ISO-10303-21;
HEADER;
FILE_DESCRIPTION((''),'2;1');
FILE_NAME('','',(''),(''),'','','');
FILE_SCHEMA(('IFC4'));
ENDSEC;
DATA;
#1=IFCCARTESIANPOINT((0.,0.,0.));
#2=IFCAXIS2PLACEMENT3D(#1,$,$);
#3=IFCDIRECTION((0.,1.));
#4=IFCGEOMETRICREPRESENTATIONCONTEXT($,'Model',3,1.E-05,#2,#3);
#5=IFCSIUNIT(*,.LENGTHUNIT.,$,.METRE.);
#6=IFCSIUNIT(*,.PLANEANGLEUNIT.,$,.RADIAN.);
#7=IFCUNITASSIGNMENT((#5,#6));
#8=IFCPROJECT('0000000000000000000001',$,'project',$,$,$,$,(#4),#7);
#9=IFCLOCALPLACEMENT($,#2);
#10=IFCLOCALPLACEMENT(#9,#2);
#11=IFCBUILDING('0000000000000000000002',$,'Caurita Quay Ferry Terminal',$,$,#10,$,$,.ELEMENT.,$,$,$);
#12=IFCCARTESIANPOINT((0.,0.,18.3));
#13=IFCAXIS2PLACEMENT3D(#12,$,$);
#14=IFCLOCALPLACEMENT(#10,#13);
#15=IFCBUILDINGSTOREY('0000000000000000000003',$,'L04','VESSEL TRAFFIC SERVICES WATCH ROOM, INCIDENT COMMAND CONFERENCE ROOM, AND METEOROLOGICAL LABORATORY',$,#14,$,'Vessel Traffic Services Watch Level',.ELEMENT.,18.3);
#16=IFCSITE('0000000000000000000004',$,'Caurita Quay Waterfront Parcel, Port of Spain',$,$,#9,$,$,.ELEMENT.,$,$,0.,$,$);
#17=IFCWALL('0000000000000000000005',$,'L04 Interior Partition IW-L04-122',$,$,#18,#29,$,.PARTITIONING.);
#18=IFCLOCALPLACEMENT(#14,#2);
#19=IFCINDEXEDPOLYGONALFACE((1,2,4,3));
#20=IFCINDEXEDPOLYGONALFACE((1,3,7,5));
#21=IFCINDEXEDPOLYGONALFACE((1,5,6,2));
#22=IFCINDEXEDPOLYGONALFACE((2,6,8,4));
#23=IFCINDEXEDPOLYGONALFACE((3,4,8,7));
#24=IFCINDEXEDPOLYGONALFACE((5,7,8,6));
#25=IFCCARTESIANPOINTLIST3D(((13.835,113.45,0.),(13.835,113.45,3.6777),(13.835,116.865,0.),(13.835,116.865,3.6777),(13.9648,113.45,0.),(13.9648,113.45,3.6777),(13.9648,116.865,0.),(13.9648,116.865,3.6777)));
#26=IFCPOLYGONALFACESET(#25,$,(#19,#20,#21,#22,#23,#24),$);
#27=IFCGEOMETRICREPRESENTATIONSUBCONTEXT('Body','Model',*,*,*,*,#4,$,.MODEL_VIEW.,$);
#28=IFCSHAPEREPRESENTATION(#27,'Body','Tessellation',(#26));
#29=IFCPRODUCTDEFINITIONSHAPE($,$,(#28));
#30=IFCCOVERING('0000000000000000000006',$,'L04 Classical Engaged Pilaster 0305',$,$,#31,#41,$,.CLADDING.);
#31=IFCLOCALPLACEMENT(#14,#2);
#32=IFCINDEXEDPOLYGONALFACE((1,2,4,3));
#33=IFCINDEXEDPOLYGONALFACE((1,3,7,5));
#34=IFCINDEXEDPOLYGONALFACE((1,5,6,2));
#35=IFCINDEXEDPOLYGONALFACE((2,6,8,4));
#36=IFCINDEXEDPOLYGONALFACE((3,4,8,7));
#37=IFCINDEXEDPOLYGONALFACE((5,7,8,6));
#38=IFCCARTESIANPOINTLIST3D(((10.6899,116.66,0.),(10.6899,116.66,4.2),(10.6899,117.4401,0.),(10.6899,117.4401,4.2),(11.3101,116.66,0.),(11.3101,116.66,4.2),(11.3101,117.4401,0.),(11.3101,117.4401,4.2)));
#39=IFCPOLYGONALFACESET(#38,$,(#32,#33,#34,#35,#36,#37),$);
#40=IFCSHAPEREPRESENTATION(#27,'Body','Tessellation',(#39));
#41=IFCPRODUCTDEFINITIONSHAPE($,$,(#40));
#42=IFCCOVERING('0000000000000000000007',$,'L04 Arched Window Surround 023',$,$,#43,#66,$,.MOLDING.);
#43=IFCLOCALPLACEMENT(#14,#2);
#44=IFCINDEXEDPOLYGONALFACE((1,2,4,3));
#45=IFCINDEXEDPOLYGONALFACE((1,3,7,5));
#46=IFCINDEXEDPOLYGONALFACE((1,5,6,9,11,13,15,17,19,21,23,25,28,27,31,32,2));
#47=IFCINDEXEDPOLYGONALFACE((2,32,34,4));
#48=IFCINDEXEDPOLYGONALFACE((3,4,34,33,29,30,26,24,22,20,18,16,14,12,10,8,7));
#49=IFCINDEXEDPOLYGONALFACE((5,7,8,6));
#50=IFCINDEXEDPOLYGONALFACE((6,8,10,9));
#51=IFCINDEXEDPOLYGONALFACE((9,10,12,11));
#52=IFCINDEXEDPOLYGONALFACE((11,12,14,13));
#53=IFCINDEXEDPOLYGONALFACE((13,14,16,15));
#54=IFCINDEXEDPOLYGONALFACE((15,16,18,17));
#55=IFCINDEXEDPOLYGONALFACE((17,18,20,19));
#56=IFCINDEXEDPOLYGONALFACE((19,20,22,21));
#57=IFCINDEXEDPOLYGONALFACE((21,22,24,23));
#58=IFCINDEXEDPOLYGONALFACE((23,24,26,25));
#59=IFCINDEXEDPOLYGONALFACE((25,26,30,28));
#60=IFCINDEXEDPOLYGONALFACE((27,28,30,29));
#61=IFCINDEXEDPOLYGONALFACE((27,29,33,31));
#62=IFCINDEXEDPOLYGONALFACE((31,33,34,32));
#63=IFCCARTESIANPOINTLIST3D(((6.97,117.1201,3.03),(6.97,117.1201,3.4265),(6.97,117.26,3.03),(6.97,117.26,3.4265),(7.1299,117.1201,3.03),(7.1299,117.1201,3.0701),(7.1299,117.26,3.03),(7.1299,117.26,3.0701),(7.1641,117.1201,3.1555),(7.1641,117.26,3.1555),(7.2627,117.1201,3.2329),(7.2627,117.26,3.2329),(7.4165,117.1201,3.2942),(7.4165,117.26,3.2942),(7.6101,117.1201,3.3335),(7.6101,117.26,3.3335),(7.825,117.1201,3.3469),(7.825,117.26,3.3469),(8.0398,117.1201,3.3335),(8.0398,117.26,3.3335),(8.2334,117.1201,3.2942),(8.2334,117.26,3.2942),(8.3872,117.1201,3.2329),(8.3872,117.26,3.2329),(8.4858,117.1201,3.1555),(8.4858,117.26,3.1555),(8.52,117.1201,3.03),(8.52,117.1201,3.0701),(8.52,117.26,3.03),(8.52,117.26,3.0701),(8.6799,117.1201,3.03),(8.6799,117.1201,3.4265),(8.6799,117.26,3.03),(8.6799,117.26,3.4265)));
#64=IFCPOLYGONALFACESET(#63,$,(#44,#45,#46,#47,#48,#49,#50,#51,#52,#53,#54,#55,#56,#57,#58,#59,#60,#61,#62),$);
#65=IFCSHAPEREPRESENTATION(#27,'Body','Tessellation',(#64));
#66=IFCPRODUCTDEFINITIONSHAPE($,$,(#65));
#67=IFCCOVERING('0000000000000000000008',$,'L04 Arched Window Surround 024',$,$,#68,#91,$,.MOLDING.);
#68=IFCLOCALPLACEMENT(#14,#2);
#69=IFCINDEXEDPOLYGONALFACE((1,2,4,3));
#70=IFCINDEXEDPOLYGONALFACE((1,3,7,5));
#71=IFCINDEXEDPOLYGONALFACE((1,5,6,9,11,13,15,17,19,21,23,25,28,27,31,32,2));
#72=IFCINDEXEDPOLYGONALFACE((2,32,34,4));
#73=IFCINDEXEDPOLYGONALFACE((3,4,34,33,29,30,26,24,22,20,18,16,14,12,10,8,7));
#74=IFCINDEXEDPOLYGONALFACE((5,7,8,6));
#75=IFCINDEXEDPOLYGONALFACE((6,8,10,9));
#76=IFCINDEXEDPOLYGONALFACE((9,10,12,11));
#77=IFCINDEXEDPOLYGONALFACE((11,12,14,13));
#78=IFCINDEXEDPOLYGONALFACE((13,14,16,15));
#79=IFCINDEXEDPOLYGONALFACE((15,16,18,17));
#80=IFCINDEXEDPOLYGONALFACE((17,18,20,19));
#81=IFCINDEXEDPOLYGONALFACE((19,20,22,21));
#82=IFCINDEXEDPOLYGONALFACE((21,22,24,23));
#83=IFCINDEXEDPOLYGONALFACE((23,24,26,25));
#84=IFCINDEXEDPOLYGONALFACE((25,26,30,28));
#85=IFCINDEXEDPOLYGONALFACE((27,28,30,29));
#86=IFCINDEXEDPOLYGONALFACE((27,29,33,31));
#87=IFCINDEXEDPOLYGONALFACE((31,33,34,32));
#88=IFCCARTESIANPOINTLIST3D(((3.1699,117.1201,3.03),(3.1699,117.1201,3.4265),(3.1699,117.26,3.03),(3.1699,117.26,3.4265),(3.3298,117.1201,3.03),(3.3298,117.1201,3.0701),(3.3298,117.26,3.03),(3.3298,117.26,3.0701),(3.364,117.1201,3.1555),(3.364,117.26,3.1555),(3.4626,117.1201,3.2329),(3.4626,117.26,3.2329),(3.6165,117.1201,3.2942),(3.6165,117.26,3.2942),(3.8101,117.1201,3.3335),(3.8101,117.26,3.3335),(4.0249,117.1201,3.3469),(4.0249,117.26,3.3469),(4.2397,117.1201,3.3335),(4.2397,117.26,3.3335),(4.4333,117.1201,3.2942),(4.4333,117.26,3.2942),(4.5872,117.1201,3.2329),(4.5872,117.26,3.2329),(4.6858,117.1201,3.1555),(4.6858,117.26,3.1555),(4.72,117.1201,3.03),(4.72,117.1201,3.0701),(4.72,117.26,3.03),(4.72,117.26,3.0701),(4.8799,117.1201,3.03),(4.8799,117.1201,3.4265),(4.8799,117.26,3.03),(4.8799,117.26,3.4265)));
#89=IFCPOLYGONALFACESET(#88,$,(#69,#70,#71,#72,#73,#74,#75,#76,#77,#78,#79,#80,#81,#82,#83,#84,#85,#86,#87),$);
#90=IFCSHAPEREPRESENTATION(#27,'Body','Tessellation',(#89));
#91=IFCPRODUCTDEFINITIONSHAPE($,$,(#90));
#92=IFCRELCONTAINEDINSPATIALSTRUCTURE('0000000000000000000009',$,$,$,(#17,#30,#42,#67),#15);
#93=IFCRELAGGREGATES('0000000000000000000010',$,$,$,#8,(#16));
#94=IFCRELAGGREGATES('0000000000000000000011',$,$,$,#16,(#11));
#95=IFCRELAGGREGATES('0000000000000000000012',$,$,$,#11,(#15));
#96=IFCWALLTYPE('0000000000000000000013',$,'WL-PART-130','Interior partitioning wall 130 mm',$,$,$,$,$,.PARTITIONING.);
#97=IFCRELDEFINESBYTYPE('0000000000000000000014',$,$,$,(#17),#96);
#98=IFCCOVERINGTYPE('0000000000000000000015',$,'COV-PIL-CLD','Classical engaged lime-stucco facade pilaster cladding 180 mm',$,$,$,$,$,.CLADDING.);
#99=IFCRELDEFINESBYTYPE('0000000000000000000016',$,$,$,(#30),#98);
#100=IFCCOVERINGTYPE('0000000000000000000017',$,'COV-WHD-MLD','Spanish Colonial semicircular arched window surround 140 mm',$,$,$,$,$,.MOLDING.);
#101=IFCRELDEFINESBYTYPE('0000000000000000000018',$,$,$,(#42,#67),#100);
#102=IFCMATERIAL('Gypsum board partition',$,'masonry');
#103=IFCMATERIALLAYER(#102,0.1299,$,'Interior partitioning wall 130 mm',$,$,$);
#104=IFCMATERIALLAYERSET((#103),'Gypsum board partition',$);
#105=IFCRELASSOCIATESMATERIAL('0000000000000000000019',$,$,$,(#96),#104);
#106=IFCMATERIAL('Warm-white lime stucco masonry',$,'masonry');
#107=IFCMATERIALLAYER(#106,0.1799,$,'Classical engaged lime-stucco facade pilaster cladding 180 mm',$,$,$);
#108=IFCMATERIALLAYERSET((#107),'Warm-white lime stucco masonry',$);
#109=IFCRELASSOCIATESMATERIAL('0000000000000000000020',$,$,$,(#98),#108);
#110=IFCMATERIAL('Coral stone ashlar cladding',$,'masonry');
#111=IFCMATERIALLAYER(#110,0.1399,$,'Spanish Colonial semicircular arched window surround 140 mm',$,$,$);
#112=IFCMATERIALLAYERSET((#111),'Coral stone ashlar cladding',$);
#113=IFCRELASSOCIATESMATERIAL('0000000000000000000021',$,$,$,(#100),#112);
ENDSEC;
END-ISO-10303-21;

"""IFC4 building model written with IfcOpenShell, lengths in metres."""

from ifc_helpers import new_model, si_unit, direction, frame, frame_2d, origin, origin_2d, place, context, subcontext, project, spatial, polyline, rectangle, outline, extrude, material, layer, layer_set, type_object, element, save


model = new_model("IFC4")

# Units and contexts
model_context = context("Model", 3, precision=1e-05, world=origin(), true_north=direction((0.0, 1.0)))
body_context = subcontext(model_context, "Body", "Model", "MODEL_VIEW")
ifc_project = project(units=[si_unit("LENGTHUNIT", "METRE"), si_unit("PLANEANGLEUNIT", "RADIAN")], contexts=[model_context])

# Site, building, storey
site_placement = place(None, origin())
site = spatial("IfcSite", under=ifc_project, at=site_placement, Name="Caurita Quay Waterfront Parcel, Port of Spain", CompositionType="ELEMENT", RefElevation=0.0)
building_placement = place(site_placement, origin())
building = spatial("IfcBuilding", under=site, at=building_placement, Name="Caurita Quay Ferry Terminal", CompositionType="ELEMENT")
storey_placement = place(building_placement, frame((0.0, 0.0, 18.3)))
storey = spatial("IfcBuildingStorey", under=building, at=storey_placement, Name="L04", Description="VESSEL TRAFFIC SERVICES WATCH ROOM, INCIDENT COMMAND CONFERENCE ROOM, AND METEOROLOGICAL LABORATORY", LongName="Vessel Traffic Services Watch Level", CompositionType="ELEMENT", Elevation=18.3)

# Shared definitions
ifc_material_1 = material(Name="Warm-white lime stucco masonry", Category="masonry")

# Wall
ifc_material_2 = material(Name="Gypsum board partition", Category="masonry")
ifc_layer_1 = layer(ifc_material_2, 0.1299, Name="Interior partitioning wall 130 mm")
ifc_layer_set_1 = layer_set([ifc_layer_1], Name="Gypsum board partition")
wall_type_1 = type_object("IfcWallType", Name="WL-PART-130", Description="Interior partitioning wall 130 mm", PredefinedType="PARTITIONING", material=ifc_layer_set_1)
wall_1_placement = place(storey_placement, frame((13.8999, 113.45, 0.0), z_axis=(0.0, 0.0, 1.0), x_axis=(0.0, 1.0, 0.0)))
element("IfcWall", 1, at=wall_1_placement, inside=storey, type_object=wall_type_1, Name="L04 Interior Partition IW-L04-122", PredefinedType="PARTITIONING", context=body_context, shape_type="SweptSolid", body=[
    extrude(rectangle(XDim=3.415, YDim=0.1299, at=frame_2d((1.7075, 0.0))), origin(), (0.0, 0.0, 1.0), 3.6777),
])

# Coverings
ifc_layer_2 = layer(ifc_material_1, 0.1799, Name="Classical engaged lime-stucco facade pilaster cladding 180 mm")
ifc_layer_set_2 = layer_set([ifc_layer_2], Name="Warm-white lime stucco masonry")
covering_type_1 = type_object("IfcCoveringType", Name="COV-PIL-CLD", Description="Classical engaged lime-stucco facade pilaster cladding 180 mm", PredefinedType="CLADDING", material=ifc_layer_set_2)
covering_placement = place(storey_placement, frame((11.0, 117.05, 0.0), z_axis=(0.0, 0.0, 1.0), x_axis=(1.0, 0.0, 0.0)))
element("IfcCovering", 2, at=covering_placement, inside=storey, type_object=covering_type_1, Name="L04 Classical Engaged Pilaster 0305", PredefinedType="CLADDING", context=body_context, shape_type="SweptSolid", body=[
    extrude(rectangle(XDim=0.6201, YDim=0.78, at=origin_2d()), origin(), (0.0, 0.0, 1.0), 4.2),
])
ifc_material_3 = material(Name="Coral stone ashlar cladding", Category="masonry")
ifc_layer_3 = layer(ifc_material_3, 0.1399, Name="Spanish Colonial semicircular arched window surround 140 mm")
ifc_layer_set_3 = layer_set([ifc_layer_3], Name="Coral stone ashlar cladding")
covering_type_2 = type_object("IfcCoveringType", Name="COV-WHD-MLD", Description="Spanish Colonial semicircular arched window surround 140 mm", PredefinedType="MOLDING", material=ifc_layer_set_3)
for number, where, z_axis, x_axis, name in (
    (3, (8.6799, 117.1899, 3.03), (0.0, 0.0, 1.0), (-1.0, 0.0, 0.0), "L04 Arched Window Surround 023"),
    (4, (4.8799, 117.1899, 3.03), (0.0, 0.0, 1.0), (-1.0, 0.0, 0.0), "L04 Arched Window Surround 024"),
):
    element("IfcCovering", number, at=place(storey_placement, frame(where, z_axis=z_axis, x_axis=x_axis)), inside=storey, type_object=covering_type_2, Name=name, PredefinedType="MOLDING", context=body_context, shape_type="SweptSolid", body=[
        extrude(outline(polyline([(0.0, 0.0), (0.1599, 0.0), (0.1599, 0.04), (0.1941, 0.1255), (0.2927, 0.2029), (0.4465, 0.2642), (0.6401, 0.3035), (0.855, 0.3169), (1.0698, 0.3035), (1.2634, 0.2642), (1.4172, 0.2029), (1.5159, 0.1255), (1.55, 0.04), (1.55, 0.0), (1.71, 0.0), (1.71, 0.3965), (0.0, 0.3965), (0.0, 0.0)])), frame((0.0, 0.0698, 0.0), z_axis=(0.0, -1.0, 0.0), x_axis=(1.0, 0.0, 0.0)), (0.0, 0.0, 1.0), 0.1399),
    ])

save(model, "model.ifc")
